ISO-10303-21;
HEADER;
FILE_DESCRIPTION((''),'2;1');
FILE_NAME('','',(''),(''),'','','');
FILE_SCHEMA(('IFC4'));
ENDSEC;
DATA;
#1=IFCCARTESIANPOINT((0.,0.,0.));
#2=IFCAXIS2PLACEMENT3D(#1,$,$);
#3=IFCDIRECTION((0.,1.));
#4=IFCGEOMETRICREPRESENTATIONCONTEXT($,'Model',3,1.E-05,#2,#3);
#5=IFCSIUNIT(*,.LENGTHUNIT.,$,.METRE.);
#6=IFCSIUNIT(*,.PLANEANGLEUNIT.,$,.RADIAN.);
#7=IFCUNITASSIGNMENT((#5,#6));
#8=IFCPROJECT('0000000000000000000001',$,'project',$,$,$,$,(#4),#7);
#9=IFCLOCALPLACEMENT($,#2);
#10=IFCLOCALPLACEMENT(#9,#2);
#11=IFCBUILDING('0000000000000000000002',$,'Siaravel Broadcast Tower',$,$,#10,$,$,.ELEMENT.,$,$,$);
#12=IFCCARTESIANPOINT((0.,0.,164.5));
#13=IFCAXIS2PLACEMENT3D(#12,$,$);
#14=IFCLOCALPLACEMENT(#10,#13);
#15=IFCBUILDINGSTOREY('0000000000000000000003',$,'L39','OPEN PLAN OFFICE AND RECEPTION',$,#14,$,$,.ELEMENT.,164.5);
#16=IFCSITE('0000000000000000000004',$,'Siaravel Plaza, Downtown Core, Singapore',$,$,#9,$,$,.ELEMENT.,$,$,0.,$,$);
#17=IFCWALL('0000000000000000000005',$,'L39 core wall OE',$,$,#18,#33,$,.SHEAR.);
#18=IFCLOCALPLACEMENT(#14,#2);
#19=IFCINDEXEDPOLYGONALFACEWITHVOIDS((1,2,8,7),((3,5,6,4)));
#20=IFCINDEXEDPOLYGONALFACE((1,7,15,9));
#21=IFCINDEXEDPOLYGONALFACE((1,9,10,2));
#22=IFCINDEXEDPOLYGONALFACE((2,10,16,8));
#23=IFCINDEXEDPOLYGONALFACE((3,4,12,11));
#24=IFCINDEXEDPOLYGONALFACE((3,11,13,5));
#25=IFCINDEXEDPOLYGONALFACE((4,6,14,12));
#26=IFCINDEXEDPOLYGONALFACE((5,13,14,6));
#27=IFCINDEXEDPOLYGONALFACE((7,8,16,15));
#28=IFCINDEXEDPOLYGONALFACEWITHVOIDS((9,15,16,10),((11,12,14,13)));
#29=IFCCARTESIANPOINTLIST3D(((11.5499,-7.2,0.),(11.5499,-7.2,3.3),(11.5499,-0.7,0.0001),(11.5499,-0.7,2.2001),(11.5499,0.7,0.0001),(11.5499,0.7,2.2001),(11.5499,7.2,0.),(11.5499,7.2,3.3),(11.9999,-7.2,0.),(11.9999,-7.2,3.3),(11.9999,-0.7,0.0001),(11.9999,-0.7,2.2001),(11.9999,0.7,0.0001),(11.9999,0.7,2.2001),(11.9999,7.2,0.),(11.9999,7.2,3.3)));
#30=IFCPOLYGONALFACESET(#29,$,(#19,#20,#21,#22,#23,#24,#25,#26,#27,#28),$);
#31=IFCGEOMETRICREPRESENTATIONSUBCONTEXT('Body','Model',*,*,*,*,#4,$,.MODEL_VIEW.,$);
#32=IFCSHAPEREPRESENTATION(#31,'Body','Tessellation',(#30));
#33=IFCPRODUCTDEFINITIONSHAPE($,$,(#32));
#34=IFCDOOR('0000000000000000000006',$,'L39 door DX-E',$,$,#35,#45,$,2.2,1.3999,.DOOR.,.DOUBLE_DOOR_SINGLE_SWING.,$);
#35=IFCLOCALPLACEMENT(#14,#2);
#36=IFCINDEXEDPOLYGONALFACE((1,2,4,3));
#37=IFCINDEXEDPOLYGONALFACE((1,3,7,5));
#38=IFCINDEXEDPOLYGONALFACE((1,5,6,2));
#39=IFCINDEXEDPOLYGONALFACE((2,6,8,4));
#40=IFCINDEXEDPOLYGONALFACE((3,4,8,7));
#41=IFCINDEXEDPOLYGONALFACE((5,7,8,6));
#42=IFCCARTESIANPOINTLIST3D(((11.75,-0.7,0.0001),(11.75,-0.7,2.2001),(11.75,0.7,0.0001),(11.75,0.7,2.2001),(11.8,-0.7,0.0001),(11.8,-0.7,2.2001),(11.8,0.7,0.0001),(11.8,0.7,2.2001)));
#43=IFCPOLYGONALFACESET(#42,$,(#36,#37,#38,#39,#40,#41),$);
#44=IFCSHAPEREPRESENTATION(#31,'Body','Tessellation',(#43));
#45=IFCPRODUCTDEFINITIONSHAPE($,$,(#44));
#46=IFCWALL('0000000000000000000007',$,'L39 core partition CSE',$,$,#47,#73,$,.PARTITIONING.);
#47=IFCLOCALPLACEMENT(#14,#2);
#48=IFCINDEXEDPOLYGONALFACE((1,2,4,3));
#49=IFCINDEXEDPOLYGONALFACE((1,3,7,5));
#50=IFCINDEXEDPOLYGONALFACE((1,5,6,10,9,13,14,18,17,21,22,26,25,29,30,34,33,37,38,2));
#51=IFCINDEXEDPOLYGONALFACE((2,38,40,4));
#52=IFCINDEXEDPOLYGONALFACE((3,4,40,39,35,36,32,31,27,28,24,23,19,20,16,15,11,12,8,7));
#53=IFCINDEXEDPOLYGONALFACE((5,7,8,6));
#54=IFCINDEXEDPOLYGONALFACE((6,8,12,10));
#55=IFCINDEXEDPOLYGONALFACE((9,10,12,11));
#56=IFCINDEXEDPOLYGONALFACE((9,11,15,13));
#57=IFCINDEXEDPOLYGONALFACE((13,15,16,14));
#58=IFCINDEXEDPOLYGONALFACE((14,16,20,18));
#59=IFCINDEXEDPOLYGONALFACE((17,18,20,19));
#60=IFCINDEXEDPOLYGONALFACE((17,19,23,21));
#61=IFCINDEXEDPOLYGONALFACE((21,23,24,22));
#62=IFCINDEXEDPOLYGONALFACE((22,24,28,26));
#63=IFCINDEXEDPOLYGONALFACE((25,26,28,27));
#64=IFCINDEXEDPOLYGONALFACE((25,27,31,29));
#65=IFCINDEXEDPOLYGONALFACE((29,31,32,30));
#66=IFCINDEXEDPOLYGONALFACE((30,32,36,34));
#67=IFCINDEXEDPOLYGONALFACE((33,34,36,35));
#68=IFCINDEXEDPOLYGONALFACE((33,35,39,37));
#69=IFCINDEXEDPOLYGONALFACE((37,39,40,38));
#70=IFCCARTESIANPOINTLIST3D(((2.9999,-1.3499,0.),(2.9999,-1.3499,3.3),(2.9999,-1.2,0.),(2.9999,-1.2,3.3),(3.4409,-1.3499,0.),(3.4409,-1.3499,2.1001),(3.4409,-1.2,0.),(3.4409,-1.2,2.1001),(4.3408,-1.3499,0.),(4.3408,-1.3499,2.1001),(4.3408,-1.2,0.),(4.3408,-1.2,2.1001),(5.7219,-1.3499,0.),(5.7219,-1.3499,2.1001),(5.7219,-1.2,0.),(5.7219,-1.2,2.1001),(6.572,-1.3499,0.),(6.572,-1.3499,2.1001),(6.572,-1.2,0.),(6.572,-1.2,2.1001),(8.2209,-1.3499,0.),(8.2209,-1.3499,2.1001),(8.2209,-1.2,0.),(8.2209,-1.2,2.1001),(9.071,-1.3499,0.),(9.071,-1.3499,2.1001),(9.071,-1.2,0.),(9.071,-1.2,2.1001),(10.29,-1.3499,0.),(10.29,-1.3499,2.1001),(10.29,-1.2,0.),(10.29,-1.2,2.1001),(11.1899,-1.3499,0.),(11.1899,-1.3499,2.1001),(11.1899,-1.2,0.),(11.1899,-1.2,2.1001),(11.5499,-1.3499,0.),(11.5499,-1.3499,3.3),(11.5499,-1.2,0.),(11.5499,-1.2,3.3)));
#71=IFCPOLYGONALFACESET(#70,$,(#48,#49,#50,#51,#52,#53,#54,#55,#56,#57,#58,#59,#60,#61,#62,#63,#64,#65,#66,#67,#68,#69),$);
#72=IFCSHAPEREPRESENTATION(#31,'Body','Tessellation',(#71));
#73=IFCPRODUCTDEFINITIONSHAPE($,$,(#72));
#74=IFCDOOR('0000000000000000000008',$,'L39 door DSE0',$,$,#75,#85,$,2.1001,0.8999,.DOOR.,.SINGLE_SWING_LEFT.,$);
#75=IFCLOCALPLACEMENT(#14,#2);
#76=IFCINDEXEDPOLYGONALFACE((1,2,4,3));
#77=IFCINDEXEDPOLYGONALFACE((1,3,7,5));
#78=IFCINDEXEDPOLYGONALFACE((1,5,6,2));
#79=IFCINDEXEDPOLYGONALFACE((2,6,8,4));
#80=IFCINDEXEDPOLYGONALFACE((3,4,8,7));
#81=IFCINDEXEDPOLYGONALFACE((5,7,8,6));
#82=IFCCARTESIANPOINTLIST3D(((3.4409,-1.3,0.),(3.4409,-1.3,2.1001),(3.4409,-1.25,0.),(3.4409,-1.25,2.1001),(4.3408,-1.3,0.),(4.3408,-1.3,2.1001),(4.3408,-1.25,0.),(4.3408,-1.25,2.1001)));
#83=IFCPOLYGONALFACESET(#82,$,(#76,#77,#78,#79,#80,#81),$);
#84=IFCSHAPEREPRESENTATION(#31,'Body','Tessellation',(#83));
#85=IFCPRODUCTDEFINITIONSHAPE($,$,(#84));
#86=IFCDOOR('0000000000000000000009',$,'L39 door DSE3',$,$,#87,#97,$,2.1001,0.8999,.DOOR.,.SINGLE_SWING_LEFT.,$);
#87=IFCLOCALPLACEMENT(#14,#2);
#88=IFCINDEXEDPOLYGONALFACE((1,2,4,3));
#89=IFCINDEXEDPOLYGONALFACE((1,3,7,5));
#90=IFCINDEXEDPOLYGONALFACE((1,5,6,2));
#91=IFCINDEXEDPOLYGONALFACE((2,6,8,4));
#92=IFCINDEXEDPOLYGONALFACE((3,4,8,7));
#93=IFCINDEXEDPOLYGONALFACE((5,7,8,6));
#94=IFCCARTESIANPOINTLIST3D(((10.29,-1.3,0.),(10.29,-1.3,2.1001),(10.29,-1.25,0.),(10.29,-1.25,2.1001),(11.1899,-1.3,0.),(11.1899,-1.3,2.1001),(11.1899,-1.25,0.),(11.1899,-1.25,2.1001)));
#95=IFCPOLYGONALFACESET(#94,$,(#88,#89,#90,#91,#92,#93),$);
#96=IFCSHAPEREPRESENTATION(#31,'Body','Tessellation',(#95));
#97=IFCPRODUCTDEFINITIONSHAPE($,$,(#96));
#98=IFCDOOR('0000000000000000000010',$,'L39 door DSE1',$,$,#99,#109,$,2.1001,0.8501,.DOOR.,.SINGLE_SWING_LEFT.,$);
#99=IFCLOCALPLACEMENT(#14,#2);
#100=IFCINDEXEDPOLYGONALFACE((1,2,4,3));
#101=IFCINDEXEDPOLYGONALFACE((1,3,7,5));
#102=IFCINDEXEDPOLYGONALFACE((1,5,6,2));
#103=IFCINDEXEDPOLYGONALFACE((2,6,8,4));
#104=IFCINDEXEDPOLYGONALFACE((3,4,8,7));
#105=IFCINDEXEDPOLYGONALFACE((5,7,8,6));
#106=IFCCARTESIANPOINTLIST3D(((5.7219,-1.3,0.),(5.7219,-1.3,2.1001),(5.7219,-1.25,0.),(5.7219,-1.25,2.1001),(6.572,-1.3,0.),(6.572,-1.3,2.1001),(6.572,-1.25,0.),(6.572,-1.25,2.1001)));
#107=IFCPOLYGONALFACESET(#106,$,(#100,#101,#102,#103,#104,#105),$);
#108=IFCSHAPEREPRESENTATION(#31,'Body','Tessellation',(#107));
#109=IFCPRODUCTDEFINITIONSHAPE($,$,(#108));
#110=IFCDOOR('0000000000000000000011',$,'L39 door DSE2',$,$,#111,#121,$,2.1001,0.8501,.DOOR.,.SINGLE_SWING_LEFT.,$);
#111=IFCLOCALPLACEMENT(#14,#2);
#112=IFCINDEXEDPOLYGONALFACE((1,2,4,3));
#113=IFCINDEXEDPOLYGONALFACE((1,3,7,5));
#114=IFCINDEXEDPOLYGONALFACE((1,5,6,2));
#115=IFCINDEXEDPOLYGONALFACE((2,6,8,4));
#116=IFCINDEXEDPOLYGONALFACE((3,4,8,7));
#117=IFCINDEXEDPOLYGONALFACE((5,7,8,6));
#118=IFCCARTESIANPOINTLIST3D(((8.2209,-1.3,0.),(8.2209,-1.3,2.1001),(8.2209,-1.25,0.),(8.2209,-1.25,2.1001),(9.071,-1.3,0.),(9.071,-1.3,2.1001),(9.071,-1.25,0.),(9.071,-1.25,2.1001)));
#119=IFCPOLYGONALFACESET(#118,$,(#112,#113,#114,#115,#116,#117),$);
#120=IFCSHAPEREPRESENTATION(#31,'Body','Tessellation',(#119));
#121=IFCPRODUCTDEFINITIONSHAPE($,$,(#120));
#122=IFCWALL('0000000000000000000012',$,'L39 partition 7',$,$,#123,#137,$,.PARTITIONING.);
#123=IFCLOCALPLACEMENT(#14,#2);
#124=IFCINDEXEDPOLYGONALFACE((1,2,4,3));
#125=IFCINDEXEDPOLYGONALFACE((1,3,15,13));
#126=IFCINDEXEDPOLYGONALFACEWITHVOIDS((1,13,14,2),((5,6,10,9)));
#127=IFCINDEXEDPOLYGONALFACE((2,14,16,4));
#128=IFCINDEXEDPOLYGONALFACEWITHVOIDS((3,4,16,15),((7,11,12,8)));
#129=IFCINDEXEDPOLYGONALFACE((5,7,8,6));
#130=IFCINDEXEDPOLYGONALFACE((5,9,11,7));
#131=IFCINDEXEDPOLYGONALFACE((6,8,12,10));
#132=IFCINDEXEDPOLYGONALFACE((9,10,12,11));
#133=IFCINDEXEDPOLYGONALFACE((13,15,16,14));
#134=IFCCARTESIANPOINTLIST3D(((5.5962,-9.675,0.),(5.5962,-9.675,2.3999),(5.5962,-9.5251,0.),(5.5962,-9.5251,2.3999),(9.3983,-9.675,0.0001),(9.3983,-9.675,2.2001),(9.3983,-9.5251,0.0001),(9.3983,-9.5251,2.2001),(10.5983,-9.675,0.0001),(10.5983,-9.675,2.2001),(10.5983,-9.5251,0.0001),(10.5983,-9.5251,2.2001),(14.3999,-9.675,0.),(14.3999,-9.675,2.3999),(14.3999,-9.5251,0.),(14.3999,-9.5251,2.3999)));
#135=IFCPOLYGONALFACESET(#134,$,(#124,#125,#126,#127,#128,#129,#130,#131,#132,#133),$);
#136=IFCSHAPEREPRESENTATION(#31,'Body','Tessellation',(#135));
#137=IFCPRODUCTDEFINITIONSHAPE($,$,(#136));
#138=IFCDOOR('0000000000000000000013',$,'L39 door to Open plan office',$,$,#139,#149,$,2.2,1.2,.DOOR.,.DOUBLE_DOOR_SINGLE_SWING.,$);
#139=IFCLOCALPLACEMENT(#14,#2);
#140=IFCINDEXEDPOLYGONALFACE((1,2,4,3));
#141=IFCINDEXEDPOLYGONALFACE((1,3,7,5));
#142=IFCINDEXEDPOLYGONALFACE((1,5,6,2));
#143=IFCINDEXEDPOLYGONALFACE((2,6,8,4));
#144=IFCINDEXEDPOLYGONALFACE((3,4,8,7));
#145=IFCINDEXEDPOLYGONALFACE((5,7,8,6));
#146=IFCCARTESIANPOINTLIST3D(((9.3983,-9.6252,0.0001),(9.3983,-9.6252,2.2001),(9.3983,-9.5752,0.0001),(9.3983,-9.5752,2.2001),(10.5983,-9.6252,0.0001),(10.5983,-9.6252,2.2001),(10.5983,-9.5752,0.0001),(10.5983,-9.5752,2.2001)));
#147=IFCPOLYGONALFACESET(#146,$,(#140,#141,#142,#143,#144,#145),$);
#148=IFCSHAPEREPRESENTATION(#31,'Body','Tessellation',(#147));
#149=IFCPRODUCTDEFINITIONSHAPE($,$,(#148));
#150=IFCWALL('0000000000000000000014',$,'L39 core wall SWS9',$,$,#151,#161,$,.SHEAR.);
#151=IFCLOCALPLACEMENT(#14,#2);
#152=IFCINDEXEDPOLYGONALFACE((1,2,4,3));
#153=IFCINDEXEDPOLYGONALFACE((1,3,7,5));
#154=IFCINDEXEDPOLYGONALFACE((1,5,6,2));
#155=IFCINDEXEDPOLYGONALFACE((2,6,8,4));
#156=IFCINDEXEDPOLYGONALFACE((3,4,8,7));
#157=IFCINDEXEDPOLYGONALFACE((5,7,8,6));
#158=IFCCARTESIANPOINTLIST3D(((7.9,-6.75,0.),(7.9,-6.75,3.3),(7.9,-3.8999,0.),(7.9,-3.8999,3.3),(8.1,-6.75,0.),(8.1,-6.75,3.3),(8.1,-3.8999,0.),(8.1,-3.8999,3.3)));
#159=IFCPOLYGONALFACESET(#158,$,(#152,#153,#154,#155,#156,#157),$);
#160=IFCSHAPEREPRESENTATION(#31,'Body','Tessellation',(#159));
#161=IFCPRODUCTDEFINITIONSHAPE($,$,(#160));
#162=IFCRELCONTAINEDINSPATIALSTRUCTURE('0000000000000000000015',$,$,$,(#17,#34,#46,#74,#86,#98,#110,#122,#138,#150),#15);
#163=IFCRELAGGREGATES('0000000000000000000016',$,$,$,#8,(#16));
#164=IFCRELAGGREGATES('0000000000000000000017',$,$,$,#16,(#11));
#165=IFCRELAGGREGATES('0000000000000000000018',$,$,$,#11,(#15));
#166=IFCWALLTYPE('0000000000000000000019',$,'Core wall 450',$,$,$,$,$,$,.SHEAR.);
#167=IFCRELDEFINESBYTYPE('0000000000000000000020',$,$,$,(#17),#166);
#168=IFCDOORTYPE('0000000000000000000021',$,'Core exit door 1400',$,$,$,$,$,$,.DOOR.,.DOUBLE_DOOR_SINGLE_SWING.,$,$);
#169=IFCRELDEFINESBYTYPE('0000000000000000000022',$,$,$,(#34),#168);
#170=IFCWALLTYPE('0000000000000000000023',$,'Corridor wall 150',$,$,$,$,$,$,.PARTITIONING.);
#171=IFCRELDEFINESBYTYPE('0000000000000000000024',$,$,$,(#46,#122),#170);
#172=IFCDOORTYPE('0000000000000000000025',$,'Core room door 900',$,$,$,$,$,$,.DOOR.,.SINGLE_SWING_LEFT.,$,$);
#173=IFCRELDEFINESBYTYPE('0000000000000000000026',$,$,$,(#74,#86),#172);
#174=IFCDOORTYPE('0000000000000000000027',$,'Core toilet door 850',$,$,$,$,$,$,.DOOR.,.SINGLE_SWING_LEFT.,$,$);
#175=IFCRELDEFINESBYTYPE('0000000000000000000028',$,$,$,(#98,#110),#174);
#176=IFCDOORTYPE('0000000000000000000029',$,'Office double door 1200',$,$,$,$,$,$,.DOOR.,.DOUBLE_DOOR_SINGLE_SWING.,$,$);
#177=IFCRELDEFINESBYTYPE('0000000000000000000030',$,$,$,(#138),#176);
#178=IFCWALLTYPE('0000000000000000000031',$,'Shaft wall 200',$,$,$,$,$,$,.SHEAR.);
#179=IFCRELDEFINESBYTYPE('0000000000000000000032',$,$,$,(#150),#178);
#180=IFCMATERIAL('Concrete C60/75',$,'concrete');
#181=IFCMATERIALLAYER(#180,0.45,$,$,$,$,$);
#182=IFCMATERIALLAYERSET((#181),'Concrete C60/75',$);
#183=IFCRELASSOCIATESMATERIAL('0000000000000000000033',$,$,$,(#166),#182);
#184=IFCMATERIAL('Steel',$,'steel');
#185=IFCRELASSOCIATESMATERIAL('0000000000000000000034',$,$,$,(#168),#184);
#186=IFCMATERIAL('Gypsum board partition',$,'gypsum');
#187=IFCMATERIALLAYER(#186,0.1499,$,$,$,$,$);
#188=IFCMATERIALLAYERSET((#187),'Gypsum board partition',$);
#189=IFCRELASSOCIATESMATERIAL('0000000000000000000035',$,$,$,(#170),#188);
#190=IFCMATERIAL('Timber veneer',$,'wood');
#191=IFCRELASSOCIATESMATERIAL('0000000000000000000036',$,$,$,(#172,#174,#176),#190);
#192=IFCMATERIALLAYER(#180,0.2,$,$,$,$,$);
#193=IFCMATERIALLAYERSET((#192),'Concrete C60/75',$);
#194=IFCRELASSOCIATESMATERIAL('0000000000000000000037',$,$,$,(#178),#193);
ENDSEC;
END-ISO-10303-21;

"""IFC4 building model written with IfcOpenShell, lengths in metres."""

from ifc_helpers import new_model, si_unit, direction, frame, frame_2d, origin, place, context, subcontext, project, spatial, rectangle, extrude, material, layer, layer_set, type_object, element, fill, save


model = new_model("IFC4")

# Units and contexts
model_context = context("Model", 3, precision=1e-05, world=origin(), true_north=direction((0.0, 1.0)))
body_context = subcontext(model_context, "Body", "Model", "MODEL_VIEW")
ifc_project = project(units=[si_unit("LENGTHUNIT", "METRE"), si_unit("PLANEANGLEUNIT", "RADIAN")], contexts=[model_context])

# Site, building, storey
site_placement = place(None, origin())
site = spatial("IfcSite", under=ifc_project, at=site_placement, Name="Siaravel Plaza, Downtown Core, Singapore", CompositionType="ELEMENT", RefElevation=0.0)
building_placement = place(site_placement, origin())
building = spatial("IfcBuilding", under=site, at=building_placement, Name="Siaravel Broadcast Tower", CompositionType="ELEMENT")
storey_placement = place(building_placement, frame((0.0, 0.0, 164.5)))
storey = spatial("IfcBuildingStorey", under=building, at=storey_placement, Name="L39", Description="OPEN PLAN OFFICE AND RECEPTION", CompositionType="ELEMENT", Elevation=164.5)

# Wall, opening, door
ifc_material_1 = material(Name="Concrete C60/75", Category="concrete")
ifc_layer_1 = layer(ifc_material_1, 0.45)
ifc_layer_set_1 = layer_set([ifc_layer_1], Name="Concrete C60/75")
wall_type_1 = type_object("IfcWallType", Name="Core wall 450", PredefinedType="SHEAR", material=ifc_layer_set_1)
wall_1_placement = place(storey_placement, frame((11.7749, -7.2, 0.0), z_axis=(0.0, 0.0, 1.0), x_axis=(0.0, 1.0, 0.0)))
wall_1 = element("IfcWall", 1, at=wall_1_placement, inside=storey, type_object=wall_type_1, Name="L39 core wall OE", PredefinedType="SHEAR", context=body_context, shape_type="SweptSolid", body=[
    extrude(rectangle(XDim=14.3999, YDim=0.45, at=frame_2d((7.2, 0.0))), origin(), (0.0, 0.0, 1.0), 3.3),
])
opening_1_placement = place(wall_1_placement, frame((6.5, 0.0, 0.0)))
opening_1 = element("IfcOpeningElement", 2, at=opening_1_placement, cuts=wall_1, PredefinedType="OPENING", context=body_context, shape_type="SweptSolid", body=[
    extrude(rectangle(XDim=1.3999, YDim=2.2, at=frame_2d((0.7, 1.1001))), frame((0.0, 0.2349, 0.0), z_axis=(0.0, -1.0, 0.0), x_axis=(1.0, 0.0, 0.0)), (0.0, 0.0, 1.0), 0.47),
])
ifc_material_2 = material(Name="Steel", Category="steel")
door_type_1 = type_object("IfcDoorType", Name="Core exit door 1400", OperationType="DOUBLE_DOOR_SINGLE_SWING", PredefinedType="DOOR", material=ifc_material_2)
door_1_placement = place(opening_1_placement, origin())
door_1 = element("IfcDoor", 3, at=door_1_placement, inside=storey, type_object=door_type_1, Name="L39 door DX-E", OperationType="DOUBLE_DOOR_SINGLE_SWING", OverallHeight=2.2, OverallWidth=1.3999, PredefinedType="DOOR", context=body_context, shape_type="SweptSolid", body=[
    extrude(rectangle(XDim=1.3999, YDim=2.2, at=frame_2d((0.7, 1.1001))), frame((0.0, 0.0249, 0.0), z_axis=(0.0, -1.0, 0.0), x_axis=(1.0, 0.0, 0.0)), (0.0, 0.0, 1.0), 0.05),
])
fill(opening_1, door_1)

# Wall, openings, doors
ifc_material_3 = material(Name="Gypsum board partition", Category="gypsum")
ifc_layer_2 = layer(ifc_material_3, 0.1499)
ifc_layer_set_2 = layer_set([ifc_layer_2], Name="Gypsum board partition")
wall_type_2 = type_object("IfcWallType", Name="Corridor wall 150", PredefinedType="PARTITIONING", material=ifc_layer_set_2)
wall_2_placement = place(storey_placement, frame((3.0, -1.2749, 0.0), z_axis=(0.0, 0.0, 1.0), x_axis=(1.0, 0.0, 0.0)))
wall_2 = element("IfcWall", 4, at=wall_2_placement, inside=storey, type_object=wall_type_2, Name="L39 core partition CSE", PredefinedType="PARTITIONING", context=body_context, shape_type="SweptSolid", body=[
    extrude(rectangle(XDim=8.55, YDim=0.1499, at=frame_2d((4.2749, 0.0))), origin(), (0.0, 0.0, 1.0), 3.3),
])
opening_2_placement = place(wall_2_placement, frame((0.4409, 0.0, 0.0)))
opening_2 = element("IfcOpeningElement", 5, at=opening_2_placement, cuts=wall_2, PredefinedType="OPENING", context=body_context, shape_type="SweptSolid", body=[
    extrude(rectangle(XDim=0.8999, YDim=2.1001, at=frame_2d((0.45, 1.05))), frame((0.0, 0.085, 0.0), z_axis=(0.0, -1.0, 0.0), x_axis=(1.0, 0.0, 0.0)), (0.0, 0.0, 1.0), 0.1699),
])
opening_3_placement = place(wall_2_placement, frame((2.7219, 0.0, 0.0)))
opening_3 = element("IfcOpeningElement", 6, at=opening_3_placement, cuts=wall_2, PredefinedType="OPENING", context=body_context, shape_type="SweptSolid", body=[
    extrude(rectangle(XDim=0.8501, YDim=2.1001, at=frame_2d((0.425, 1.05))), frame((0.0, 0.085, 0.0), z_axis=(0.0, -1.0, 0.0), x_axis=(1.0, 0.0, 0.0)), (0.0, 0.0, 1.0), 0.1699),
])
opening_4_placement = place(wall_2_placement, frame((5.2209, 0.0, 0.0)))
opening_4 = element("IfcOpeningElement", 7, at=opening_4_placement, cuts=wall_2, PredefinedType="OPENING", context=body_context, shape_type="SweptSolid", body=[
    extrude(rectangle(XDim=0.8501, YDim=2.1001, at=frame_2d((0.425, 1.05))), frame((0.0, 0.085, 0.0), z_axis=(0.0, -1.0, 0.0), x_axis=(1.0, 0.0, 0.0)), (0.0, 0.0, 1.0), 0.1699),
])
opening_5_placement = place(wall_2_placement, frame((7.29, 0.0, 0.0)))
opening_5 = element("IfcOpeningElement", 8, at=opening_5_placement, cuts=wall_2, PredefinedType="OPENING", context=body_context, shape_type="SweptSolid", body=[
    extrude(rectangle(XDim=0.8999, YDim=2.1001, at=frame_2d((0.45, 1.05))), frame((0.0, 0.085, 0.0), z_axis=(0.0, -1.0, 0.0), x_axis=(1.0, 0.0, 0.0)), (0.0, 0.0, 1.0), 0.1699),
])
ifc_material_4 = material(Name="Timber veneer", Category="wood")
door_type_2 = type_object("IfcDoorType", Name="Core room door 900", OperationType="SINGLE_SWING_LEFT", PredefinedType="DOOR", material=ifc_material_4)
door_2_placement = place(opening_2_placement, origin())
door_2 = element("IfcDoor", 9, at=door_2_placement, inside=storey, type_object=door_type_2, Name="L39 door DSE0", OperationType="SINGLE_SWING_LEFT", OverallHeight=2.1001, OverallWidth=0.8999, PredefinedType="DOOR", context=body_context, shape_type="SweptSolid", body=[
    extrude(rectangle(XDim=0.8999, YDim=2.1001, at=frame_2d((0.45, 1.05))), frame((0.0, 0.0249, 0.0), z_axis=(0.0, -1.0, 0.0), x_axis=(1.0, 0.0, 0.0)), (0.0, 0.0, 1.0), 0.05),
])
fill(opening_2, door_2)
door_3_placement = place(opening_5_placement, origin())
door_3 = element("IfcDoor", 10, at=door_3_placement, inside=storey, type_object=door_type_2, Name="L39 door DSE3", OperationType="SINGLE_SWING_LEFT", OverallHeight=2.1001, OverallWidth=0.8999, PredefinedType="DOOR", context=body_context, shape_type="SweptSolid", body=[
    extrude(rectangle(XDim=0.8999, YDim=2.1001, at=frame_2d((0.45, 1.05))), frame((0.0, 0.0249, 0.0), z_axis=(0.0, -1.0, 0.0), x_axis=(1.0, 0.0, 0.0)), (0.0, 0.0, 1.0), 0.05),
])
fill(opening_5, door_3)
door_type_3 = type_object("IfcDoorType", Name="Core toilet door 850", OperationType="SINGLE_SWING_LEFT", PredefinedType="DOOR", material=ifc_material_4)
door_4_placement = place(opening_3_placement, origin())
door_4 = element("IfcDoor", 11, at=door_4_placement, inside=storey, type_object=door_type_3, Name="L39 door DSE1", OperationType="SINGLE_SWING_LEFT", OverallHeight=2.1001, OverallWidth=0.8501, PredefinedType="DOOR", context=body_context, shape_type="SweptSolid", body=[
    extrude(rectangle(XDim=0.8501, YDim=2.1001, at=frame_2d((0.425, 1.05))), frame((0.0, 0.0249, 0.0), z_axis=(0.0, -1.0, 0.0), x_axis=(1.0, 0.0, 0.0)), (0.0, 0.0, 1.0), 0.05),
])
fill(opening_3, door_4)
door_5_placement = place(opening_4_placement, origin())
door_5 = element("IfcDoor", 12, at=door_5_placement, inside=storey, type_object=door_type_3, Name="L39 door DSE2", OperationType="SINGLE_SWING_LEFT", OverallHeight=2.1001, OverallWidth=0.8501, PredefinedType="DOOR", context=body_context, shape_type="SweptSolid", body=[
    extrude(rectangle(XDim=0.8501, YDim=2.1001, at=frame_2d((0.425, 1.05))), frame((0.0, 0.0249, 0.0), z_axis=(0.0, -1.0, 0.0), x_axis=(1.0, 0.0, 0.0)), (0.0, 0.0, 1.0), 0.05),
])
fill(opening_4, door_5)

# Wall, opening, door
wall_3_placement = place(storey_placement, frame((5.5962, -9.6001, 0.0), z_axis=(0.0, 0.0, 1.0), x_axis=(1.0, 0.0, 0.0)))
wall_3 = element("IfcWall", 13, at=wall_3_placement, inside=storey, type_object=wall_type_2, Name="L39 partition 7", PredefinedType="PARTITIONING", context=body_context, shape_type="SweptSolid", body=[
    extrude(rectangle(XDim=8.8037, YDim=0.1499, at=frame_2d((4.4019, 0.0))), origin(), (0.0, 0.0, 1.0), 2.3999),
])
opening_6_placement = place(wall_3_placement, frame((3.802, 0.0, 0.0)))
opening_6 = element("IfcOpeningElement", 14, at=opening_6_placement, cuts=wall_3, PredefinedType="OPENING", context=body_context, shape_type="SweptSolid", body=[
    extrude(rectangle(XDim=1.2, YDim=2.2, at=frame_2d((0.6001, 1.1001))), frame((0.0, 0.085, 0.0), z_axis=(0.0, -1.0, 0.0), x_axis=(1.0, 0.0, 0.0)), (0.0, 0.0, 1.0), 0.1699),
])
door_type_4 = type_object("IfcDoorType", Name="Office double door 1200", OperationType="DOUBLE_DOOR_SINGLE_SWING", PredefinedType="DOOR", material=ifc_material_4)
door_6_placement = place(opening_6_placement, origin())
door_6 = element("IfcDoor", 15, at=door_6_placement, inside=storey, type_object=door_type_4, Name="L39 door to Open plan office", OperationType="DOUBLE_DOOR_SINGLE_SWING", OverallHeight=2.2, OverallWidth=1.2, PredefinedType="DOOR", context=body_context, shape_type="SweptSolid", body=[
    extrude(rectangle(XDim=1.2, YDim=2.2, at=frame_2d((0.6001, 1.1001))), frame((0.0, 0.0249, 0.0), z_axis=(0.0, -1.0, 0.0), x_axis=(1.0, 0.0, 0.0)), (0.0, 0.0, 1.0), 0.05),
])
fill(opening_6, door_6)

# Wall
ifc_layer_3 = layer(ifc_material_1, 0.2)
ifc_layer_set_3 = layer_set([ifc_layer_3], Name="Concrete C60/75")
wall_type_3 = type_object("IfcWallType", Name="Shaft wall 200", PredefinedType="SHEAR", material=ifc_layer_set_3)
for number, where, z_axis, x_axis, name in (
    (16, (8.0, -6.75, 0.0), (0.0, 0.0, 1.0), (0.0, 1.0, 0.0), "L39 core wall SWS9"),
):
    element("IfcWall", number, at=place(storey_placement, frame(where, z_axis=z_axis, x_axis=x_axis)), inside=storey, type_object=wall_type_3, Name=name, PredefinedType="SHEAR", context=body_context, shape_type="SweptSolid", body=[
        extrude(rectangle(XDim=2.8501, YDim=0.2, at=frame_2d((1.425, 0.0))), origin(), (0.0, 0.0, 1.0), 3.3),
    ])

save(model, "model.ifc")
